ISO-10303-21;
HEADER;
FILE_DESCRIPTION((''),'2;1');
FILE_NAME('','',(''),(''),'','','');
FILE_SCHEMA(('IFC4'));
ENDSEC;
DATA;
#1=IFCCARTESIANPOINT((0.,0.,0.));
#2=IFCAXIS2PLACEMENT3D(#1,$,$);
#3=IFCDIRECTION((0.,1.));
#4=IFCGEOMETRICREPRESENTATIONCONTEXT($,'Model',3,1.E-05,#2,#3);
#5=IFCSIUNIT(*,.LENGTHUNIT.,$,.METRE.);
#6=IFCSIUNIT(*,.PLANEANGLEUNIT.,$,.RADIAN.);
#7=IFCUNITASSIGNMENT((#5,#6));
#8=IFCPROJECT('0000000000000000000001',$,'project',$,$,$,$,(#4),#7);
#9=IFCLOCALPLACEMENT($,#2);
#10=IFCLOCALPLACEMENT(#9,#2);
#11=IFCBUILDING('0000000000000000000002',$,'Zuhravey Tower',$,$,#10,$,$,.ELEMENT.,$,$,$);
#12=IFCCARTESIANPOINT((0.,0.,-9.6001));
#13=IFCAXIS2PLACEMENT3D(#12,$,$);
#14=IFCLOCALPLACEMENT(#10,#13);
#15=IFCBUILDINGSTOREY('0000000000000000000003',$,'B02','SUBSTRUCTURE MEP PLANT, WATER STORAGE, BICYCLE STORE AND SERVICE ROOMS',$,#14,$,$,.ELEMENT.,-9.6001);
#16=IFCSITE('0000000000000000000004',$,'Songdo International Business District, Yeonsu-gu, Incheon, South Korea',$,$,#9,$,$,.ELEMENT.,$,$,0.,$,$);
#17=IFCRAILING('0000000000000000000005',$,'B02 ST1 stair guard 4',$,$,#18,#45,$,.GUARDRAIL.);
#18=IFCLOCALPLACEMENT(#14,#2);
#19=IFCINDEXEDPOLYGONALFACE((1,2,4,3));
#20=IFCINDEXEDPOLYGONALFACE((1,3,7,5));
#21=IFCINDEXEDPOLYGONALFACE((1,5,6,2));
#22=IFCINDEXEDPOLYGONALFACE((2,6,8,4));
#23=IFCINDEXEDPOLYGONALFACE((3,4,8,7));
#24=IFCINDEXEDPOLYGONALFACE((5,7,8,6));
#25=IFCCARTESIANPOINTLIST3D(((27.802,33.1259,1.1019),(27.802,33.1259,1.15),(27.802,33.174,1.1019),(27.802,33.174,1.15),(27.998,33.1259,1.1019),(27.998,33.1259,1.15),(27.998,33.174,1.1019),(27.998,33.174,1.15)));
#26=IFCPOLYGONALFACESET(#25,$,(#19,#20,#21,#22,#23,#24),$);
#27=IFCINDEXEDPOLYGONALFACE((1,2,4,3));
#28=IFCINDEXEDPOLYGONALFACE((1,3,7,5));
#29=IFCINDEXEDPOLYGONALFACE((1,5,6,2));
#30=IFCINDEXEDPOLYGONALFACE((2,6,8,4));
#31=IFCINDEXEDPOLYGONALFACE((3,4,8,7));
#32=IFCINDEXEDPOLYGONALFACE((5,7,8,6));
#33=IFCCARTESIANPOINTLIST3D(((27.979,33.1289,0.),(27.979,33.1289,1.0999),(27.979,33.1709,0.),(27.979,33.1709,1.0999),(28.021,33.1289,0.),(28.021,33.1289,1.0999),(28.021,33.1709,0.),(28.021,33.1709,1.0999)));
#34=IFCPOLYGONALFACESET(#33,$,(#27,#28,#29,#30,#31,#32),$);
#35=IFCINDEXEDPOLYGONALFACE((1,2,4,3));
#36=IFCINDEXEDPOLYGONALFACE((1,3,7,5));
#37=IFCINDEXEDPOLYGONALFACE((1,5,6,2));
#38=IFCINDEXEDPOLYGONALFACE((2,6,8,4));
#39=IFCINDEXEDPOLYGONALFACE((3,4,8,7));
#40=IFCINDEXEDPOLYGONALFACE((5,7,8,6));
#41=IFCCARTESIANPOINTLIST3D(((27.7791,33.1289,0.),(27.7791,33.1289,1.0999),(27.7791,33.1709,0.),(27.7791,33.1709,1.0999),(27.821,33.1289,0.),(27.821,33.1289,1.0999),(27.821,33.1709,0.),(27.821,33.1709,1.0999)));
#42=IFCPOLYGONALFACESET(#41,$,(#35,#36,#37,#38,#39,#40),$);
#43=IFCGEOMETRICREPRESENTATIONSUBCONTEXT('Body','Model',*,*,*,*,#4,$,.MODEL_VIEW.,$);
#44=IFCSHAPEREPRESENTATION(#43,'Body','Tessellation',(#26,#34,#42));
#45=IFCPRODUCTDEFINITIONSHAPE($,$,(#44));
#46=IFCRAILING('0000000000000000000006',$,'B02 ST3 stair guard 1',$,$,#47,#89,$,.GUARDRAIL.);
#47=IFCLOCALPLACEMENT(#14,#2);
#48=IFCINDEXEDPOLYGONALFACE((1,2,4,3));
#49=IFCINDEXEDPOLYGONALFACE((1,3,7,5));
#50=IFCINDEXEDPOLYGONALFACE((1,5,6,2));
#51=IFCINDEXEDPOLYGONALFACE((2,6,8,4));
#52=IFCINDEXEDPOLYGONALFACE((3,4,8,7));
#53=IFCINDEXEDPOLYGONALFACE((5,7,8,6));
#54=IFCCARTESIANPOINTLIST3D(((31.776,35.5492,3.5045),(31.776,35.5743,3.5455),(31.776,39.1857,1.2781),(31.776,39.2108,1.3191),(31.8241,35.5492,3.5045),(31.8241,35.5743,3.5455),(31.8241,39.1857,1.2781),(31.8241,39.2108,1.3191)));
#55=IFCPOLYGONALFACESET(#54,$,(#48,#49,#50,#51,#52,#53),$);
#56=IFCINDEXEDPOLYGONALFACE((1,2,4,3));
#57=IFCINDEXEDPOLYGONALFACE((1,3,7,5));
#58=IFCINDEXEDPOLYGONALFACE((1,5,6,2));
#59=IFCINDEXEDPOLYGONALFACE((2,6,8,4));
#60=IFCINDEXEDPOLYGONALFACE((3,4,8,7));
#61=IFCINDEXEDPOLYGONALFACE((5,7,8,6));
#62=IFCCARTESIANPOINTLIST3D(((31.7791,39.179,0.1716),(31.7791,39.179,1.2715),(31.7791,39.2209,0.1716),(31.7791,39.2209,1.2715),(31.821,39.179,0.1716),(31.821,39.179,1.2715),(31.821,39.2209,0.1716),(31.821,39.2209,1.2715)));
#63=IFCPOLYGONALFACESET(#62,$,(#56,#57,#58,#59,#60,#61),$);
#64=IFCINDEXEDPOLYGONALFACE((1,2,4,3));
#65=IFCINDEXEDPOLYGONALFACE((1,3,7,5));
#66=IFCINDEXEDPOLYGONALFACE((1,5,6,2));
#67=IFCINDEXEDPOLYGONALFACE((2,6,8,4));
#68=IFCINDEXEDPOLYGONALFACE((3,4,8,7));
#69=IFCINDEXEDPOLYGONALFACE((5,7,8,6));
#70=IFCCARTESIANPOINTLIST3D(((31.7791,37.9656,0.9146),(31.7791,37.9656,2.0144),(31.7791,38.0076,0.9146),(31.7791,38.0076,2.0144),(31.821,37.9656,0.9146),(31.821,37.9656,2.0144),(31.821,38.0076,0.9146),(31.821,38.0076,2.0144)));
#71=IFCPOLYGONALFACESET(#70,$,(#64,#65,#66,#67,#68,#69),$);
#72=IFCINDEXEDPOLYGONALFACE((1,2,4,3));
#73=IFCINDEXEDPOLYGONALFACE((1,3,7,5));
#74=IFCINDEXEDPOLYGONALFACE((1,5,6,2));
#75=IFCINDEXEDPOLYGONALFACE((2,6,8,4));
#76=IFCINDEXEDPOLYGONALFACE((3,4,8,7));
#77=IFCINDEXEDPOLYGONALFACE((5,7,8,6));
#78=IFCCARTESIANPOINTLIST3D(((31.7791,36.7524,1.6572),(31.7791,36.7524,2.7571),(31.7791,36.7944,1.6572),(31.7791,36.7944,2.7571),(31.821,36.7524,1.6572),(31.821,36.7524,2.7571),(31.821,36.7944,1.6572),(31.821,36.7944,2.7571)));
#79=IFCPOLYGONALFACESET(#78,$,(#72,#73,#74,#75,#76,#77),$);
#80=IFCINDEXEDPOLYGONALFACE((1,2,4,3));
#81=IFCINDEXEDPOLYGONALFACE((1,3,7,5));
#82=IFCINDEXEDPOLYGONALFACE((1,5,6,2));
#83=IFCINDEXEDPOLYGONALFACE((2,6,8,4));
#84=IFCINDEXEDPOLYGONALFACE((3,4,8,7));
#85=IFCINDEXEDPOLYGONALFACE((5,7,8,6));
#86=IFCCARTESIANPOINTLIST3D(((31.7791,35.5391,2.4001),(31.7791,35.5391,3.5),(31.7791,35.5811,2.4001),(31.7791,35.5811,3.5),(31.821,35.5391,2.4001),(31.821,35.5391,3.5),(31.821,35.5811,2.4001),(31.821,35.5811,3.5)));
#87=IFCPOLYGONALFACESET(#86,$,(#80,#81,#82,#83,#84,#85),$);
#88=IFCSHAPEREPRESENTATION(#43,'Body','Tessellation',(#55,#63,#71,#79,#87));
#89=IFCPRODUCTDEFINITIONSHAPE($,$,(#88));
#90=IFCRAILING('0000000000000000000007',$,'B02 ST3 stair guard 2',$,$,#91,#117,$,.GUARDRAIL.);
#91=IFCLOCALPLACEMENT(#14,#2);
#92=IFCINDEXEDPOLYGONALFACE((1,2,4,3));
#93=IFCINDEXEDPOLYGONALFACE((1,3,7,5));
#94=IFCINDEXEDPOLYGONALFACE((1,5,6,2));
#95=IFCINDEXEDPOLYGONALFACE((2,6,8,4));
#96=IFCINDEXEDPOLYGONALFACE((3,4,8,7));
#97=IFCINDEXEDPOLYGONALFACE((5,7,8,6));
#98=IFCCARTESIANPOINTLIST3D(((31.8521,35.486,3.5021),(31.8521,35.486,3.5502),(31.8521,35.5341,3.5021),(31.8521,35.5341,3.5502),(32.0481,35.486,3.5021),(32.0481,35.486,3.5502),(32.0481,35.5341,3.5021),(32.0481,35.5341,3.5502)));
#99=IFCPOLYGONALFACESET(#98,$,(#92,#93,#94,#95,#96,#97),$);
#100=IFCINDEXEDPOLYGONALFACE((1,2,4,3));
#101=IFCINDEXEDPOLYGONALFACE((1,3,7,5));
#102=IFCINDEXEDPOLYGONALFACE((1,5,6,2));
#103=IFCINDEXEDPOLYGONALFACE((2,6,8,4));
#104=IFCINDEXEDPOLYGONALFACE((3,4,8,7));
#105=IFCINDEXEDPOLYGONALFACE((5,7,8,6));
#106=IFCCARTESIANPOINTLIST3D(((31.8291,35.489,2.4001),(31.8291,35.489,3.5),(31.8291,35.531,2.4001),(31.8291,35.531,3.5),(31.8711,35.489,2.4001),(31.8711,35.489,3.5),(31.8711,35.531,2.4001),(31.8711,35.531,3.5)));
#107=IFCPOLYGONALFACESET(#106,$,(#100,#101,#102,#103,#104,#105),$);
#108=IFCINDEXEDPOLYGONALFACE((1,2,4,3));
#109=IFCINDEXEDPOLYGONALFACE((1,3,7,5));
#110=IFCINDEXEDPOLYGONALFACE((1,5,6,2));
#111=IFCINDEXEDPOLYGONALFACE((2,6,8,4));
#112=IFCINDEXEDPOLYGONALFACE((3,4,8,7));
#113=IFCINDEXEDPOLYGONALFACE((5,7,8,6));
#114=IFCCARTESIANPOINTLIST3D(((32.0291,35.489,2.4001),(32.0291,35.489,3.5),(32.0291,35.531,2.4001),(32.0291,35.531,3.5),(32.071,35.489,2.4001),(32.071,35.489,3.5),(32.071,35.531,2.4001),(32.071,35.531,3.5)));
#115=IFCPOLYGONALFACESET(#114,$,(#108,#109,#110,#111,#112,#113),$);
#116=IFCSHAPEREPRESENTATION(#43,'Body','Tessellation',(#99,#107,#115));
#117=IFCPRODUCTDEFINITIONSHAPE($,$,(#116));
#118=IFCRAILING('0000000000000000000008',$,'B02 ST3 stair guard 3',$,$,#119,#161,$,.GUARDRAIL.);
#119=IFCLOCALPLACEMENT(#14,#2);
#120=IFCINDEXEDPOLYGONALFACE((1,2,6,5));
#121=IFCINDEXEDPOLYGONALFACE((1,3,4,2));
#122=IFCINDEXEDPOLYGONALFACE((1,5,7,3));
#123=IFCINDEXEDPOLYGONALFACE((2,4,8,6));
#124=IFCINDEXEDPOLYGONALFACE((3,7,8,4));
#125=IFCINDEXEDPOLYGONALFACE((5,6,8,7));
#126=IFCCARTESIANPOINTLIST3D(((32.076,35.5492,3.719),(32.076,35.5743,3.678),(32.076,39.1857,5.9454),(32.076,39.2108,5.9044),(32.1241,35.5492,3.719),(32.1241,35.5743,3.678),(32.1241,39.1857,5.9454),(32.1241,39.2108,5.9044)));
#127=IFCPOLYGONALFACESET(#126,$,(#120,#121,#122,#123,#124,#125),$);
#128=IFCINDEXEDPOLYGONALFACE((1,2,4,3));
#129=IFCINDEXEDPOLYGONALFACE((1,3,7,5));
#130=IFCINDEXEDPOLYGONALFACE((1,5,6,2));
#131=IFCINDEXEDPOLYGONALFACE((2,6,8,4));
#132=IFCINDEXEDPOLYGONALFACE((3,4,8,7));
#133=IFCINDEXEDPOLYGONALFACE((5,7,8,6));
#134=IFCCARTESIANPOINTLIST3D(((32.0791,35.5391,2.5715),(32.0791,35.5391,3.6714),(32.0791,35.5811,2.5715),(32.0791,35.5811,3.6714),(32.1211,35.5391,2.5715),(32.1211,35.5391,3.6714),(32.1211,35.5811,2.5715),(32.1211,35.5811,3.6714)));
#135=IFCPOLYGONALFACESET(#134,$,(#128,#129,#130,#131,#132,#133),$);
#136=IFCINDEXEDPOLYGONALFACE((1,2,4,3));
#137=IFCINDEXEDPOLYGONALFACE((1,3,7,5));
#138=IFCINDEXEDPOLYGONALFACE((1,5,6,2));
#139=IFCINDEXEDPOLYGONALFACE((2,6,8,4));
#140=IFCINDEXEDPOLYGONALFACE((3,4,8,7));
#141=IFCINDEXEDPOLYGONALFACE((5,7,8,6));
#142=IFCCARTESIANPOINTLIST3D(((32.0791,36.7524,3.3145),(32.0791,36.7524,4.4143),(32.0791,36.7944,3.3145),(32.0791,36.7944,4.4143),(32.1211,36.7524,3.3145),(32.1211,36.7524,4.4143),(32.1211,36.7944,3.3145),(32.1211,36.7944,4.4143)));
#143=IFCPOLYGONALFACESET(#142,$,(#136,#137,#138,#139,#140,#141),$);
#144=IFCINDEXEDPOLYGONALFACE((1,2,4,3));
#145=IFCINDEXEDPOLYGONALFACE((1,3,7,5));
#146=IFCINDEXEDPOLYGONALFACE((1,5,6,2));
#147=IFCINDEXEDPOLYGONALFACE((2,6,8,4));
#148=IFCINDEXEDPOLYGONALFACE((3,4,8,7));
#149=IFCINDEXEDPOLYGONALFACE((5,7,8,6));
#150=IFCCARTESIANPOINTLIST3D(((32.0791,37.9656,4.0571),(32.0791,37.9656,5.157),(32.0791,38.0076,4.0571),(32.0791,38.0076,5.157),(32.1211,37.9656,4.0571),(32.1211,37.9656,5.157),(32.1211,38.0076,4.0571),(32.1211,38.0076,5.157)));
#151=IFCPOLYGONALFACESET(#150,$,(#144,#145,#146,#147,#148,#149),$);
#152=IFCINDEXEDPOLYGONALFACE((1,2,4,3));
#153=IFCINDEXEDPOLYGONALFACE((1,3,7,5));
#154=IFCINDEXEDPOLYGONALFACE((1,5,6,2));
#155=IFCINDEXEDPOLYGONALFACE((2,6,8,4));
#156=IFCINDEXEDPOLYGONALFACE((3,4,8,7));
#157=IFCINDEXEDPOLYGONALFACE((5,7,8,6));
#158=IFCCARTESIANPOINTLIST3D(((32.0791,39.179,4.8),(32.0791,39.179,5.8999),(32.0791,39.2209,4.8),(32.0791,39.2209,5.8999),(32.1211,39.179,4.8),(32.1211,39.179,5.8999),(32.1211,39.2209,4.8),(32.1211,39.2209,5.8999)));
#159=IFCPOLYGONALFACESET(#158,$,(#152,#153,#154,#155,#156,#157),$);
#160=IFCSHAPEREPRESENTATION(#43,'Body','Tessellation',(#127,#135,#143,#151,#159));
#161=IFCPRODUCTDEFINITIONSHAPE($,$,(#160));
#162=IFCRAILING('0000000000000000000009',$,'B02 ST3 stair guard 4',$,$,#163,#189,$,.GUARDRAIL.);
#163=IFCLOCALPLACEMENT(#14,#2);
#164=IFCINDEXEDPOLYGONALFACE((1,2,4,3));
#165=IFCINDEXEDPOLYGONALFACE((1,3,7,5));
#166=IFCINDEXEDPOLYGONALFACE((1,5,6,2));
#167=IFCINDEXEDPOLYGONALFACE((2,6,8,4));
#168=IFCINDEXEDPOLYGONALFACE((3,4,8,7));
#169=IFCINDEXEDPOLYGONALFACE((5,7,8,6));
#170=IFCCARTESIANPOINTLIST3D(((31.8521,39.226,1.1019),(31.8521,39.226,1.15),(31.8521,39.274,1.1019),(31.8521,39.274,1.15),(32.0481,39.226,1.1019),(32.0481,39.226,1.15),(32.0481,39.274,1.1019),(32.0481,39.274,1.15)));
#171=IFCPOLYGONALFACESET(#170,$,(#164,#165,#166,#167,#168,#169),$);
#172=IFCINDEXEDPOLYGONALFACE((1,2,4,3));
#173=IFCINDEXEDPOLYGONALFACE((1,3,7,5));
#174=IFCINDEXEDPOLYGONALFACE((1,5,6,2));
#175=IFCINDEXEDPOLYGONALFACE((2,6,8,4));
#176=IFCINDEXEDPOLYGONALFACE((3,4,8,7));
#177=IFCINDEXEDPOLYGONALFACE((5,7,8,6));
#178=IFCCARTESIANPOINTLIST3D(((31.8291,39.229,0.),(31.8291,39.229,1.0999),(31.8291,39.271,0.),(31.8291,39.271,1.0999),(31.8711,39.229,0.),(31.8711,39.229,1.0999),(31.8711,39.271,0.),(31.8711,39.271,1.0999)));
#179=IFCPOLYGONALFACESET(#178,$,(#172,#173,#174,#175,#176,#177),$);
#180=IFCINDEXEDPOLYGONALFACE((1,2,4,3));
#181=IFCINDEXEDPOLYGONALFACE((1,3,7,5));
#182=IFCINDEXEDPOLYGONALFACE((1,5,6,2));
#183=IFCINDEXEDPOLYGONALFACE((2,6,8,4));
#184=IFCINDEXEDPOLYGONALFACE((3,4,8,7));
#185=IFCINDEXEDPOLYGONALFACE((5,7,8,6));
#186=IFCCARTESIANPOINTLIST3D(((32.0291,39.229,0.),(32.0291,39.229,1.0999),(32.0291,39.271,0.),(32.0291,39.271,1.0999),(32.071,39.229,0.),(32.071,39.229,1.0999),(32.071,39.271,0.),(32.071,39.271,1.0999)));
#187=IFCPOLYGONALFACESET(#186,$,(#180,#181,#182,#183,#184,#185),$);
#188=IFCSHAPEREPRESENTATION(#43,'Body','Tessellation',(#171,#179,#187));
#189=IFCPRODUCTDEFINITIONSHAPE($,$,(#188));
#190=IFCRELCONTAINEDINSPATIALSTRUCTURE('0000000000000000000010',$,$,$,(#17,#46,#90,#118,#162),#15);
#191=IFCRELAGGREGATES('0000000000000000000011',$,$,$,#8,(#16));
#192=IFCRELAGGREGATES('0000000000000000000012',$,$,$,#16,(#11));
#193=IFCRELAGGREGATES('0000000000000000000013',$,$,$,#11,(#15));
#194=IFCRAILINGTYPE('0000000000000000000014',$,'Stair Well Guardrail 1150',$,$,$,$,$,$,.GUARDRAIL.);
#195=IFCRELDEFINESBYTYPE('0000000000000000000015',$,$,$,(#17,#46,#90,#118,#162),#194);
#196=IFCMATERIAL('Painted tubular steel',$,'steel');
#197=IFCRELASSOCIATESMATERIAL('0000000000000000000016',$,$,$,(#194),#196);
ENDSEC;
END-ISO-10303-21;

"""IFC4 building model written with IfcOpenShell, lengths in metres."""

from ifc_helpers import new_model, si_unit, direction, frame, origin, origin_2d, place, context, subcontext, project, spatial, rectangle, extrude, material, type_object, element, save


model = new_model("IFC4")

# Units and contexts
model_context = context("Model", 3, precision=1e-05, world=origin(), true_north=direction((0.0, 1.0)))
body_context = subcontext(model_context, "Body", "Model", "MODEL_VIEW")
ifc_project = project(units=[si_unit("LENGTHUNIT", "METRE"), si_unit("PLANEANGLEUNIT", "RADIAN")], contexts=[model_context])

# Site, building, storey
site_placement = place(None, origin())
site = spatial("IfcSite", under=ifc_project, at=site_placement, Name="Songdo International Business District, Yeonsu-gu, Incheon, South Korea", CompositionType="ELEMENT", RefElevation=0.0)
building_placement = place(site_placement, origin())
building = spatial("IfcBuilding", under=site, at=building_placement, Name="Zuhravey Tower", CompositionType="ELEMENT")
storey_placement = place(building_placement, frame((0.0, 0.0, -9.6001)))
storey = spatial("IfcBuildingStorey", under=building, at=storey_placement, Name="B02", Description="SUBSTRUCTURE MEP PLANT, WATER STORAGE, BICYCLE STORE AND SERVICE ROOMS", CompositionType="ELEMENT", Elevation=-9.6001)

# Railings
ifc_material_1 = material(Name="Painted tubular steel", Category="steel")
railing_type_1 = type_object("IfcRailingType", Name="Stair Well Guardrail 1150", PredefinedType="GUARDRAIL", material=ifc_material_1)
railing_1_placement = place(storey_placement, frame((28.0, 33.1499, 0.0)))
element("IfcRailing", 1, at=railing_1_placement, inside=storey, type_object=railing_type_1, Name="B02 ST1 stair guard 4", PredefinedType="GUARDRAIL", context=body_context, shape_type="SweptSolid", body=[
    extrude(rectangle(XDim=0.0481, YDim=0.0481, at=origin_2d()), frame((-0.002, 0.0, 1.126), z_axis=(-1.0, 0.0, 0.0), x_axis=(0.0, -1.0, 0.0)), (0.0, 0.0, 1.0), 0.196),
    extrude(rectangle(XDim=0.042, YDim=0.042, at=origin_2d()), origin(), (0.0, 0.0, 1.0), 1.0999),
    extrude(rectangle(XDim=0.042, YDim=0.042, at=origin_2d()), frame((-0.2, 0.0, 0.0)), (0.0, 0.0, 1.0), 1.0999),
])
railing_2_placement = place(storey_placement, frame((31.8, 39.2, 0.1716)))
element("IfcRailing", 2, at=railing_2_placement, inside=storey, type_object=railing_type_1, Name="B02 ST3 stair guard 1", PredefinedType="GUARDRAIL", context=body_context, shape_type="SweptSolid", body=[
    extrude(rectangle(XDim=0.0481, YDim=0.0481, at=origin_2d()), frame((0.0, -0.0017, 1.127), z_axis=(0.0, -0.85285, 0.522156), x_axis=(1.0, 0.0, 0.0)), (0.0, 0.0, 1.0), 4.2639),
    extrude(rectangle(XDim=0.042, YDim=0.042, at=origin_2d()), origin(), (0.0, 0.0, 1.0), 1.0999),
    extrude(rectangle(XDim=0.042, YDim=0.042, at=origin_2d()), frame((0.0, -1.2134, 0.7429)), (0.0, 0.0, 1.0), 1.0999),
    extrude(rectangle(XDim=0.042, YDim=0.042, at=origin_2d()), frame((0.0, -2.4265, 1.4856)), (0.0, 0.0, 1.0), 1.0999),
    extrude(rectangle(XDim=0.042, YDim=0.042, at=origin_2d()), frame((0.0, -3.6399, 2.2285)), (0.0, 0.0, 1.0), 1.0999),
])
railing_3_placement = place(storey_placement, frame((31.8501, 35.51, 2.4001)))
element("IfcRailing", 3, at=railing_3_placement, inside=storey, type_object=railing_type_1, Name="B02 ST3 stair guard 2", PredefinedType="GUARDRAIL", context=body_context, shape_type="SweptSolid", body=[
    extrude(rectangle(XDim=0.0481, YDim=0.0481, at=origin_2d()), frame((0.002, 0.0, 1.126), z_axis=(1.0, 0.0, 0.0), x_axis=(0.0, 1.0, 0.0)), (0.0, 0.0, 1.0), 0.196),
    extrude(rectangle(XDim=0.042, YDim=0.042, at=origin_2d()), origin(), (0.0, 0.0, 1.0), 1.0999),
    extrude(rectangle(XDim=0.042, YDim=0.042, at=origin_2d()), frame((0.2, 0.0, 0.0)), (0.0, 0.0, 1.0), 1.0999),
])
railing_4_placement = place(storey_placement, frame((32.1001, 35.5601, 2.5715)))
element("IfcRailing", 4, at=railing_4_placement, inside=storey, type_object=railing_type_1, Name="B02 ST3 stair guard 3", PredefinedType="GUARDRAIL", context=body_context, shape_type="SweptSolid", body=[
    extrude(rectangle(XDim=0.0481, YDim=0.0481, at=origin_2d()), frame((0.0, 0.0017, 1.127), z_axis=(0.0, 0.85285, 0.522156), x_axis=(-1.0, 0.0, 0.0)), (0.0, 0.0, 1.0), 4.2639),
    extrude(rectangle(XDim=0.042, YDim=0.042, at=origin_2d()), origin(), (0.0, 0.0, 1.0), 1.0999),
    extrude(rectangle(XDim=0.042, YDim=0.042, at=origin_2d()), frame((0.0, 1.2134, 0.7429)), (0.0, 0.0, 1.0), 1.0999),
    extrude(rectangle(XDim=0.042, YDim=0.042, at=origin_2d()), frame((0.0, 2.4265, 1.4856)), (0.0, 0.0, 1.0), 1.0999),
    extrude(rectangle(XDim=0.042, YDim=0.042, at=origin_2d()), frame((0.0, 3.6399, 2.2285)), (0.0, 0.0, 1.0), 1.0999),
])
railing_5_placement = place(storey_placement, frame((31.8501, 39.25, 0.0)))
element("IfcRailing", 5, at=railing_5_placement, inside=storey, type_object=railing_type_1, Name="B02 ST3 stair guard 4", PredefinedType="GUARDRAIL", context=body_context, shape_type="SweptSolid", body=[
    extrude(rectangle(XDim=0.0481, YDim=0.0481, at=origin_2d()), frame((0.002, 0.0, 1.126), z_axis=(1.0, 0.0, 0.0), x_axis=(0.0, 1.0, 0.0)), (0.0, 0.0, 1.0), 0.196),
    extrude(rectangle(XDim=0.042, YDim=0.042, at=origin_2d()), origin(), (0.0, 0.0, 1.0), 1.0999),
    extrude(rectangle(XDim=0.042, YDim=0.042, at=origin_2d()), frame((0.2, 0.0, 0.0)), (0.0, 0.0, 1.0), 1.0999),
])

save(model, "model.ifc")
